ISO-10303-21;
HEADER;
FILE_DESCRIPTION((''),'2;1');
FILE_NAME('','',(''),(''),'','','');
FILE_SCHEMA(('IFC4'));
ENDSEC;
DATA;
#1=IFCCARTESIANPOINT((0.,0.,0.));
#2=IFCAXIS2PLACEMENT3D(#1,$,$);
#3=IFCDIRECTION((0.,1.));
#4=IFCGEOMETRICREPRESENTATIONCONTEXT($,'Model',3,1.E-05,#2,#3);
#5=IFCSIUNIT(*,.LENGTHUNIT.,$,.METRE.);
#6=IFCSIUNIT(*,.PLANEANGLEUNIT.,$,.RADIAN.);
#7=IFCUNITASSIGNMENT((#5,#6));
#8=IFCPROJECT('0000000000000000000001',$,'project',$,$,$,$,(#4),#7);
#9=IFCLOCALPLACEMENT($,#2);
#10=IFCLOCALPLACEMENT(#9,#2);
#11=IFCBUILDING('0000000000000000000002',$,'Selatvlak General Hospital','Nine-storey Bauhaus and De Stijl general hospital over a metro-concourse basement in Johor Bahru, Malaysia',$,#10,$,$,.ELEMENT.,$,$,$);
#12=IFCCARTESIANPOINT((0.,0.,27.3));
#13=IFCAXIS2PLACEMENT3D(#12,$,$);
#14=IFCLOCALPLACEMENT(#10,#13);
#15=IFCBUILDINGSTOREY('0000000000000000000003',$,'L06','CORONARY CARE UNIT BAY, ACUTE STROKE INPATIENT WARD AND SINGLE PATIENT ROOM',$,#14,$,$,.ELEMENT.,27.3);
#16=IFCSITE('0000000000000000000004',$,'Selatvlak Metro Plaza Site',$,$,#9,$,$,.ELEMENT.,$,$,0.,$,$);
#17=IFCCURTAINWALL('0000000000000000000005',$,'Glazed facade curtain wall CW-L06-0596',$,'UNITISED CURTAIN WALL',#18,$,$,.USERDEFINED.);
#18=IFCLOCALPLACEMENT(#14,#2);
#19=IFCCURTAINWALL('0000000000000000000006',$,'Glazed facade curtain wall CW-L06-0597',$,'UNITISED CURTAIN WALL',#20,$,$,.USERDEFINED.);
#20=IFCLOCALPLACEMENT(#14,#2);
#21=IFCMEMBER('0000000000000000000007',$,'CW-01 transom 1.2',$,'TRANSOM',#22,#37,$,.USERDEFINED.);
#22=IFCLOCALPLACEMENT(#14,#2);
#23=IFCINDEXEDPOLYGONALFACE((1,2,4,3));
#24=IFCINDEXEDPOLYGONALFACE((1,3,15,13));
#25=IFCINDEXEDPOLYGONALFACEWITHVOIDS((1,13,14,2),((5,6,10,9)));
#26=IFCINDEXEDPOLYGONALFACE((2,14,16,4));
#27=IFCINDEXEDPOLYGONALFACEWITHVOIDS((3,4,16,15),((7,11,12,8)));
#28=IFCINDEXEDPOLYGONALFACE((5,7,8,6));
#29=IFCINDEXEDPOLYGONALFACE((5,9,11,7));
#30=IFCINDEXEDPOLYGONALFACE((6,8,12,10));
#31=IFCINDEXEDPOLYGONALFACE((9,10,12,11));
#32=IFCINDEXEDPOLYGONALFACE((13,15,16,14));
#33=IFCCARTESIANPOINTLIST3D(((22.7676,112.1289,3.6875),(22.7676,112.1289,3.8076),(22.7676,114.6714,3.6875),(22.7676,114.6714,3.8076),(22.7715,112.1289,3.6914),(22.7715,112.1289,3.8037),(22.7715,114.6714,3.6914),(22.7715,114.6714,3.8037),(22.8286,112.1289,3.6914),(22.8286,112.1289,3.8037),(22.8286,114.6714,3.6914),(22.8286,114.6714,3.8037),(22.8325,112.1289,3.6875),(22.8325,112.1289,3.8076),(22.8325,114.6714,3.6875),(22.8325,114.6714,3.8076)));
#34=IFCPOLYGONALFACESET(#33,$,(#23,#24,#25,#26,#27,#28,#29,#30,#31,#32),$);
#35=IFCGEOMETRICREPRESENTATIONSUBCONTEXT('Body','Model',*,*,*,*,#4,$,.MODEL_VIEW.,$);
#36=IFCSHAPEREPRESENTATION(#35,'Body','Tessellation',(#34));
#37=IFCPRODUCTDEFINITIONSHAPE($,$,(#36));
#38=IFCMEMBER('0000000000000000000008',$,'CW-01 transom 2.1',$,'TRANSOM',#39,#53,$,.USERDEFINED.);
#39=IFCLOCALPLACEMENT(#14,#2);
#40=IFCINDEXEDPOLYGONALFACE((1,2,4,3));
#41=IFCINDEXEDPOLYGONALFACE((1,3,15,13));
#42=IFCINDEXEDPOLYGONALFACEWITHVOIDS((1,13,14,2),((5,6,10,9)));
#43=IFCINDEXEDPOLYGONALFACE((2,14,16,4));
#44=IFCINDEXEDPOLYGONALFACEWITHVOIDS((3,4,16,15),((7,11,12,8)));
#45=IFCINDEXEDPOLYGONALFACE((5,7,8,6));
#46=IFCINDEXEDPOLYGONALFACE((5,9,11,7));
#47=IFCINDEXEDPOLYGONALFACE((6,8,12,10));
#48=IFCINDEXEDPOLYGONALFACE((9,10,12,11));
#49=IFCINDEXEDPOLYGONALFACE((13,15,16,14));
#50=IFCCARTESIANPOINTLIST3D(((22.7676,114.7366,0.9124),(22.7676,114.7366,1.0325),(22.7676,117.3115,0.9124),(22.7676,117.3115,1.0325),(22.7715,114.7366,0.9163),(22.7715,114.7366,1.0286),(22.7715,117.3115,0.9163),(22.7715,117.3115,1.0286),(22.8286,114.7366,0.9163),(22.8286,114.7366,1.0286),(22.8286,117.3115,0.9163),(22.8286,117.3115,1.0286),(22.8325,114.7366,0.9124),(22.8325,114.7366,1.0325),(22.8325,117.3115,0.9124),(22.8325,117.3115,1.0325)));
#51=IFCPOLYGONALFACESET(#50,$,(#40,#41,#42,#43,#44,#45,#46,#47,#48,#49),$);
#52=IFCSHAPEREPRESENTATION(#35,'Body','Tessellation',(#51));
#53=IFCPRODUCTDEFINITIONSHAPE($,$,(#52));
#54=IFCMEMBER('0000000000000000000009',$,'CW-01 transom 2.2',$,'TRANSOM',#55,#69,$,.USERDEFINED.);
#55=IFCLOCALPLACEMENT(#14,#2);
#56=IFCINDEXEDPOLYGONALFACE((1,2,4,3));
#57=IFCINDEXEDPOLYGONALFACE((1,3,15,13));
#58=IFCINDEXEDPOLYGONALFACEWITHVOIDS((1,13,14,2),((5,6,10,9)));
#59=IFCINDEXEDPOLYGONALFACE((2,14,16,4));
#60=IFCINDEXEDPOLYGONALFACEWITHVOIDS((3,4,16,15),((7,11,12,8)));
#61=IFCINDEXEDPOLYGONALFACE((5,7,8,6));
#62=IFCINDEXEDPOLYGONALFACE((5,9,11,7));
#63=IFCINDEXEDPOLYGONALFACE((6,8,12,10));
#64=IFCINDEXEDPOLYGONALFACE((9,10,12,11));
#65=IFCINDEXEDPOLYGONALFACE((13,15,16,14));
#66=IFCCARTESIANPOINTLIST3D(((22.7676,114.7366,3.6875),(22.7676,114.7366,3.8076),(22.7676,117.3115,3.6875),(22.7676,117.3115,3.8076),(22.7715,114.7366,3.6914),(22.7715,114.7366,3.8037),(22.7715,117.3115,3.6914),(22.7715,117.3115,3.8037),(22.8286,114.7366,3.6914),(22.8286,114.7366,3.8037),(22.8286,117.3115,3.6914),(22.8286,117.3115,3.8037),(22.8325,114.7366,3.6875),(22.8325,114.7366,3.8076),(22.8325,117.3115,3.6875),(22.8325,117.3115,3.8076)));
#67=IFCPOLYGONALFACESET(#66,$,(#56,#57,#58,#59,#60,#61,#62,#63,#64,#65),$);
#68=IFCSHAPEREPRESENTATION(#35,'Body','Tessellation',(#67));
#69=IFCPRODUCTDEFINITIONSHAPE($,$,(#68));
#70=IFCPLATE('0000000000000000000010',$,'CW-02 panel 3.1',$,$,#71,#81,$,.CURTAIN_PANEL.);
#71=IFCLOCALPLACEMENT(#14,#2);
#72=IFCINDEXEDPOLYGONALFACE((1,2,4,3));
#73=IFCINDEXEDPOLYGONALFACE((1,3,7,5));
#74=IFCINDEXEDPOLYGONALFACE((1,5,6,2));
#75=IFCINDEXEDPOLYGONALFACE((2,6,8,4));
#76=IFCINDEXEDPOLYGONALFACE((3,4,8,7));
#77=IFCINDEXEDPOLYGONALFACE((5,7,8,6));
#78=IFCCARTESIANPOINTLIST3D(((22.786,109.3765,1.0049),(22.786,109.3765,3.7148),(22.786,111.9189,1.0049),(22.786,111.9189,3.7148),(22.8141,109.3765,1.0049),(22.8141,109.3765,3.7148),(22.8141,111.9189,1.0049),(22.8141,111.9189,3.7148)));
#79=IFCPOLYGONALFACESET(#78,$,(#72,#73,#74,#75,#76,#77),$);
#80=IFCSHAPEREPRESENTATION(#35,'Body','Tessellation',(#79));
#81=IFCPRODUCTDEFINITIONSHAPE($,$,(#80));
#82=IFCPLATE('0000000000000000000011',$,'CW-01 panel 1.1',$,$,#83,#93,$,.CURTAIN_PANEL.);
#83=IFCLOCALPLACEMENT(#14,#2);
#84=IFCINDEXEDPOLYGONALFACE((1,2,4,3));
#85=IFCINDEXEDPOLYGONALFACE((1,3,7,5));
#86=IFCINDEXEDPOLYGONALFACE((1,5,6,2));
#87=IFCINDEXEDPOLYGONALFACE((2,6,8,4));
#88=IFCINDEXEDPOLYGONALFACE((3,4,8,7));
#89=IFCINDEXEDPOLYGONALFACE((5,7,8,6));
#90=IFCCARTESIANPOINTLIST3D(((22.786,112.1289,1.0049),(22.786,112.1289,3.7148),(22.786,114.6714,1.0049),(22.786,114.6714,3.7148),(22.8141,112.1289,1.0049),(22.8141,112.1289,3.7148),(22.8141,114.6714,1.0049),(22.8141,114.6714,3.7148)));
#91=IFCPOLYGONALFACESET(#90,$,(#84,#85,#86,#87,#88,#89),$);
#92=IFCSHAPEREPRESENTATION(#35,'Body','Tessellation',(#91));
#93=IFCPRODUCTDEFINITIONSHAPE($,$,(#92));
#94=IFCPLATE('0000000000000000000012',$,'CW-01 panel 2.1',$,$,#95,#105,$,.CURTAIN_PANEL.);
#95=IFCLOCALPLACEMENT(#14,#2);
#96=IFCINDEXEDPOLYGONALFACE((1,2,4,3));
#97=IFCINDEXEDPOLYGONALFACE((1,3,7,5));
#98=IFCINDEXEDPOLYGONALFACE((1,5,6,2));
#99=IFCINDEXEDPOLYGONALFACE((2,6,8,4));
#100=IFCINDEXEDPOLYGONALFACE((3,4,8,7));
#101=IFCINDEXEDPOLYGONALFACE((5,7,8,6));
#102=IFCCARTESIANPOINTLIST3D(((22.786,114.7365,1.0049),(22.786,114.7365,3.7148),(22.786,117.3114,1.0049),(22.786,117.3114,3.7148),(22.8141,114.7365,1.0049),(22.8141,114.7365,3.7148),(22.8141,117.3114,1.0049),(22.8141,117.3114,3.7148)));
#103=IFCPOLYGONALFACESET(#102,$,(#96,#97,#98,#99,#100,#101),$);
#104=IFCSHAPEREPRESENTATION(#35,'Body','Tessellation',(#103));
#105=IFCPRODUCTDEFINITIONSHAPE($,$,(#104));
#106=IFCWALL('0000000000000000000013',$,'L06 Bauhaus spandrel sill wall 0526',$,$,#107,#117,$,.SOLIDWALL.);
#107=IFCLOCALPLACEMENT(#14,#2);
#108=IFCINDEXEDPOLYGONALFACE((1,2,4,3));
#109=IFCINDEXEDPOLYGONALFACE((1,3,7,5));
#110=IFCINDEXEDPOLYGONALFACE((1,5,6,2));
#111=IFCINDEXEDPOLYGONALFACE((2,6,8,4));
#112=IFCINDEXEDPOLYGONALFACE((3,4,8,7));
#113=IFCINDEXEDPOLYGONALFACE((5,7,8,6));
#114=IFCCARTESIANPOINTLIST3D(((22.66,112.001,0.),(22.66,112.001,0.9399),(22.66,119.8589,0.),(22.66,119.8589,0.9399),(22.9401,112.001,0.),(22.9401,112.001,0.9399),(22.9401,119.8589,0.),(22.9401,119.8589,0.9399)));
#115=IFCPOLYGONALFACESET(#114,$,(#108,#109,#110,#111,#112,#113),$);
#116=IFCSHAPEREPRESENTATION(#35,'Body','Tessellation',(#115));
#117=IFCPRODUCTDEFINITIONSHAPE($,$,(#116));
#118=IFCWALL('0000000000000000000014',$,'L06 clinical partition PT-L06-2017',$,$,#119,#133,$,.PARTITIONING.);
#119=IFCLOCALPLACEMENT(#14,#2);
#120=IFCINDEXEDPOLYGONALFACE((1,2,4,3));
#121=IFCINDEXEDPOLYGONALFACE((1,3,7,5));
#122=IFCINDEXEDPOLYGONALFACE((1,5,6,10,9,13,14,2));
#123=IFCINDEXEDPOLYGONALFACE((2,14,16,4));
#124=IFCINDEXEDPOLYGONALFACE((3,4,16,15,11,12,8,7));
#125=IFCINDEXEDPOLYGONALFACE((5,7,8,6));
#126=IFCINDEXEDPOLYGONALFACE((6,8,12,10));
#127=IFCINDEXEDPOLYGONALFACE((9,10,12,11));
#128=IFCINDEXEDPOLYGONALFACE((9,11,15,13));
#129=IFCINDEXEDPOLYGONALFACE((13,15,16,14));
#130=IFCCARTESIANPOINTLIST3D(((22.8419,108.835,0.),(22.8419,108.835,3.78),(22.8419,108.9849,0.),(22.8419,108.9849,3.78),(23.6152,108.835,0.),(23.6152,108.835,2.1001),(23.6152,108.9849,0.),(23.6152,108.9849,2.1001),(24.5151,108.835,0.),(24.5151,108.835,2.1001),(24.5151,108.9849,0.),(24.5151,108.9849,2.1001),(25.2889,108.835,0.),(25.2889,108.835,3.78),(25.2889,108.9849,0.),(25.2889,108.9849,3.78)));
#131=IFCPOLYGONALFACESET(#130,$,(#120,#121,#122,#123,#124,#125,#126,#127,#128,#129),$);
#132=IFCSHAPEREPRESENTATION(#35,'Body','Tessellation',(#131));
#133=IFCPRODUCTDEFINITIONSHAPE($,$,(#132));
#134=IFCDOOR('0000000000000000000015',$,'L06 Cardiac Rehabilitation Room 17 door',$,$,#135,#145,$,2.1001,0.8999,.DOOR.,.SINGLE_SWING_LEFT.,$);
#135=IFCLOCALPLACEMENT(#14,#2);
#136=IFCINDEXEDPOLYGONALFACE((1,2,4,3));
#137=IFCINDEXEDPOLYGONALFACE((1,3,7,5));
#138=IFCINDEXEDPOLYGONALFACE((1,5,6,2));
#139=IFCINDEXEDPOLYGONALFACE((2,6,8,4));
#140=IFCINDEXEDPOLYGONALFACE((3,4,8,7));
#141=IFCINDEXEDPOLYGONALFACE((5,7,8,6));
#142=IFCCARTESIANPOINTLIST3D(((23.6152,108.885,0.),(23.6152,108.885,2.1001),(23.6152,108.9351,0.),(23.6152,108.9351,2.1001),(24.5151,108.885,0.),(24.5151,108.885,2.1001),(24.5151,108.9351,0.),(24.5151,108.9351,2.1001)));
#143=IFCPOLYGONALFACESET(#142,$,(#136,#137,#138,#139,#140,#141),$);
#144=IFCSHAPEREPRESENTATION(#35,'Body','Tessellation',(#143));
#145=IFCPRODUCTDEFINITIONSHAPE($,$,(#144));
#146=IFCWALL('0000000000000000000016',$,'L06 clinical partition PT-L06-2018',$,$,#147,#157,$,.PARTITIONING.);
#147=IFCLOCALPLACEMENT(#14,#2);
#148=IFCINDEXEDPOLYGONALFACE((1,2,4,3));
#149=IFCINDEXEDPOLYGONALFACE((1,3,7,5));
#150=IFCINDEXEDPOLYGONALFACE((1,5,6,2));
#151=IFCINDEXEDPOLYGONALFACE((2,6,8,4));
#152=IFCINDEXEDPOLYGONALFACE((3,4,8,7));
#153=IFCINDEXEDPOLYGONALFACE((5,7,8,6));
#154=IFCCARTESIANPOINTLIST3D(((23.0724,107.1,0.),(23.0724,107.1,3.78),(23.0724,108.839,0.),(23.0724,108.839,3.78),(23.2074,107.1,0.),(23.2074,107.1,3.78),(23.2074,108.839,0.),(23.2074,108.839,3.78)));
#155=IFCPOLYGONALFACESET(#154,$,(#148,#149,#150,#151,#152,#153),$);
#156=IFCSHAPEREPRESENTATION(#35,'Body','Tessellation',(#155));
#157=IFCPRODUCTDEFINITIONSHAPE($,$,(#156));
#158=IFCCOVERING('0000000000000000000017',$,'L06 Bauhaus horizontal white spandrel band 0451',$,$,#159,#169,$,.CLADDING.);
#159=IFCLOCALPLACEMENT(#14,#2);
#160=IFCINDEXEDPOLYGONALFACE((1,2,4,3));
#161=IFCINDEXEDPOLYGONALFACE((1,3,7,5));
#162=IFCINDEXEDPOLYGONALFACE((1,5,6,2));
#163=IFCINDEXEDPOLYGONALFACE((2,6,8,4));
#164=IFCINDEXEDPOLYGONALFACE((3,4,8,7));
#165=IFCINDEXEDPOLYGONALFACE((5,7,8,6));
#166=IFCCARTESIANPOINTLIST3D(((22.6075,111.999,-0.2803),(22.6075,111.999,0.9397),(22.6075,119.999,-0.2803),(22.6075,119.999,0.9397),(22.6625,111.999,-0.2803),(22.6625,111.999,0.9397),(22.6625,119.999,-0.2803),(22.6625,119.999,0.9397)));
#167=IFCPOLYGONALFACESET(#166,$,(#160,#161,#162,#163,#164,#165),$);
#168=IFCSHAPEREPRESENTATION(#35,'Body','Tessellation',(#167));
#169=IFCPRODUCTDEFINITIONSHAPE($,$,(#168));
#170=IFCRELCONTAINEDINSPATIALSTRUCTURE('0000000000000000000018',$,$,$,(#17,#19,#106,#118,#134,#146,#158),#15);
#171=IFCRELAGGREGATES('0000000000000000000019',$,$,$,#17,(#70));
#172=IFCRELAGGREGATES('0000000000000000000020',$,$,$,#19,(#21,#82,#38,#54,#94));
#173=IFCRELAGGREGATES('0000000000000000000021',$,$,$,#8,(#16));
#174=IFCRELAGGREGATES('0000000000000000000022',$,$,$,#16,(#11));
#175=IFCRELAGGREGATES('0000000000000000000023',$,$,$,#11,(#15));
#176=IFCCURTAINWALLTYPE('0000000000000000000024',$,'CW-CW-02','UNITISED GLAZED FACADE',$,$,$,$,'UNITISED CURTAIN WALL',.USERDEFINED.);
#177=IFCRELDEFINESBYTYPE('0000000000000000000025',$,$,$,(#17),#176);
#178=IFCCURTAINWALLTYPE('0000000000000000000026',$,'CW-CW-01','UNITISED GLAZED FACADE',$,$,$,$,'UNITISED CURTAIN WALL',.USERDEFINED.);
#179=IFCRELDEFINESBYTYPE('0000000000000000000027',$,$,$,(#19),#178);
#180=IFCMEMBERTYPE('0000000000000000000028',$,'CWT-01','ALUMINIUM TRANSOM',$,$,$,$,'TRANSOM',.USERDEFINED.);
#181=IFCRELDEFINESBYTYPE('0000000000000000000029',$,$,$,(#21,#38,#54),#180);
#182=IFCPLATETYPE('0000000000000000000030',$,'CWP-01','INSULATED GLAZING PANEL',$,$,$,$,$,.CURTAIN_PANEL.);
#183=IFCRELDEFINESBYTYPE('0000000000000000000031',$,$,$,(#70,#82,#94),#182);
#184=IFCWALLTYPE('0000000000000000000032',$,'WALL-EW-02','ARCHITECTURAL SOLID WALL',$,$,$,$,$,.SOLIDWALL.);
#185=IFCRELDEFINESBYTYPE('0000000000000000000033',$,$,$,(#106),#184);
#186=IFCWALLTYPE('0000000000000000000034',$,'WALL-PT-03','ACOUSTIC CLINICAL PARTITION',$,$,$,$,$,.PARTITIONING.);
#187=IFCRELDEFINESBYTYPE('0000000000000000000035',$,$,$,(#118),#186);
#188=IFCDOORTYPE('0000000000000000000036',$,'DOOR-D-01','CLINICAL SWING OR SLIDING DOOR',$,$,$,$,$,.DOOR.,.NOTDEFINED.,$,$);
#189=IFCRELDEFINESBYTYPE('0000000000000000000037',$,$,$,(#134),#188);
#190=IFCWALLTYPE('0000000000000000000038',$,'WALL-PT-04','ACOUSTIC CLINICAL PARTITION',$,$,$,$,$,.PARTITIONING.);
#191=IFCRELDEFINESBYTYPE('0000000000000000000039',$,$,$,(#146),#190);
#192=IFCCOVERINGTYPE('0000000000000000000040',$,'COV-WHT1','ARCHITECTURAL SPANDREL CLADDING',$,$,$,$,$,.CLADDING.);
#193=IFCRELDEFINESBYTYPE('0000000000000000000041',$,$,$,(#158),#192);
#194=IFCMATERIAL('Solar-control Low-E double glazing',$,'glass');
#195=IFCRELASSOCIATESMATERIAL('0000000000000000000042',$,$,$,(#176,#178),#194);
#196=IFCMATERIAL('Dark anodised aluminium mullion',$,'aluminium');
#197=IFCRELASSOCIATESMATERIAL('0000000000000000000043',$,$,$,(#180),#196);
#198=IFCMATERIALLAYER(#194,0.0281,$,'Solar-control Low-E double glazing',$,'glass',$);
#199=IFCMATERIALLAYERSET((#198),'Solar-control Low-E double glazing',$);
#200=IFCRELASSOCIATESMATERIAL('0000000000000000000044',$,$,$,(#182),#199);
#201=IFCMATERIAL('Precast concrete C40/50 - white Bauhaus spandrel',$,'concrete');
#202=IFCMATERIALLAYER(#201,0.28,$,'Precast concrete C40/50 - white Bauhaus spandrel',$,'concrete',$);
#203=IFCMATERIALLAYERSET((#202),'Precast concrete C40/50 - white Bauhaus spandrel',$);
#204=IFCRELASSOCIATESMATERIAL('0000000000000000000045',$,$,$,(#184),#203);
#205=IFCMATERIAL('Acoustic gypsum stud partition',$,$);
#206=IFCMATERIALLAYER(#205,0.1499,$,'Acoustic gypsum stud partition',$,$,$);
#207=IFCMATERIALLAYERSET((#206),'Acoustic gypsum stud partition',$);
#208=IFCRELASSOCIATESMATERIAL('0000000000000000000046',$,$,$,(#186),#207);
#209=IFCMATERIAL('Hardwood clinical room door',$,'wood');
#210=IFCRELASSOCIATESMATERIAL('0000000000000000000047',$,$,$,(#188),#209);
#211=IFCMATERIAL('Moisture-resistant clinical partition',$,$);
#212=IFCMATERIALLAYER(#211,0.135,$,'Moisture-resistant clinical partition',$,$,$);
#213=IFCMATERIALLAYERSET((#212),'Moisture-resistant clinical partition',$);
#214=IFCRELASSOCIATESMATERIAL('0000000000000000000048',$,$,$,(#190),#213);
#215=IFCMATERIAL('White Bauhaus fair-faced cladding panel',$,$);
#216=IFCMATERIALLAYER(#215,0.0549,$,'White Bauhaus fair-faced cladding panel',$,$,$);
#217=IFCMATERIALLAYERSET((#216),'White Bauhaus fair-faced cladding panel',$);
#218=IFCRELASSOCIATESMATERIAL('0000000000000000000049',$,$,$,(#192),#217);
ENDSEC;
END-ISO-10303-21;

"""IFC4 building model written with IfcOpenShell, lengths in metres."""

from ifc_helpers import new_model, si_unit, direction, frame, frame_2d, origin, origin_2d, place, context, subcontext, project, spatial, rectangle, hollow_rectangle, extrude, material, layer, layer_set, material_profile, profile_set, type_object, element, fill, aggregate, save


model = new_model("IFC4")

# Units and contexts
model_context = context("Model", 3, precision=1e-05, world=origin(), true_north=direction((0.0, 1.0)))
body_context = subcontext(model_context, "Body", "Model", "MODEL_VIEW")
ifc_project = project(units=[si_unit("LENGTHUNIT", "METRE"), si_unit("PLANEANGLEUNIT", "RADIAN")], contexts=[model_context])

# Site, building, storey
site_placement = place(None, origin())
site = spatial("IfcSite", under=ifc_project, at=site_placement, Name="Selatvlak Metro Plaza Site", CompositionType="ELEMENT", RefElevation=0.0)
building_placement = place(site_placement, origin())
building = spatial("IfcBuilding", under=site, at=building_placement, Name="Selatvlak General Hospital", Description="Nine-storey Bauhaus and De Stijl general hospital over a metro-concourse basement in Johor Bahru, Malaysia", CompositionType="ELEMENT")
storey_placement = place(building_placement, frame((0.0, 0.0, 27.3)))
storey = spatial("IfcBuildingStorey", under=building, at=storey_placement, Name="L06", Description="CORONARY CARE UNIT BAY, ACUTE STROKE INPATIENT WARD AND SINGLE PATIENT ROOM", CompositionType="ELEMENT", Elevation=27.3)

# Curtain walls
ifc_material_1 = material(Name="Solar-control Low-E double glazing", Category="glass")
curtain_wall_type_1 = type_object("IfcCurtainWallType", Name="CW-CW-02", Description="UNITISED GLAZED FACADE", ElementType="UNITISED CURTAIN WALL", PredefinedType="USERDEFINED", material=ifc_material_1)
curtain_wall_1_placement = place(storey_placement, origin())
curtain_wall_1 = element("IfcCurtainWall", 1, at=curtain_wall_1_placement, inside=storey, type_object=curtain_wall_type_1, Name="Glazed facade curtain wall CW-L06-0596", ObjectType="UNITISED CURTAIN WALL", PredefinedType="USERDEFINED")
ifc_material_2 = material(Name="Dark anodised aluminium mullion", Category="aluminium")
curtain_wall_type_2 = type_object("IfcCurtainWallType", Name="CW-CW-01", Description="UNITISED GLAZED FACADE", ElementType="UNITISED CURTAIN WALL", PredefinedType="USERDEFINED", material=ifc_material_1)
curtain_wall_2_placement = place(storey_placement, origin())
curtain_wall_2 = element("IfcCurtainWall", 2, at=curtain_wall_2_placement, inside=storey, type_object=curtain_wall_type_2, Name="Glazed facade curtain wall CW-L06-0597", ObjectType="UNITISED CURTAIN WALL", PredefinedType="USERDEFINED")

# Members
ifc_material_profile_1 = material_profile(ifc_material_2, hollow_rectangle(XDim=0.0649, YDim=0.1201, WallThickness=0.0039, at=origin_2d()), Name="AL-TRN 65x120x4")
ifc_profile_set_1 = profile_set([ifc_material_profile_1], Name="Dark anodised aluminium mullion")
member_type_1 = type_object("IfcMemberType", Name="CWT-01", Description="ALUMINIUM TRANSOM", ElementType="TRANSOM", PredefinedType="USERDEFINED", material=ifc_profile_set_1)
member_1_placement = place(storey_placement, frame((22.8, 112.1289, 3.7476), z_axis=(0.0, 1.0, 0.0), x_axis=(-1.0, 0.0, 0.0)))
member_1 = element("IfcMember", 3, at=member_1_placement, type_object=member_type_1, Name="CW-01 transom 1.2", ObjectType="TRANSOM", PredefinedType="USERDEFINED", context=body_context, shape_type="SweptSolid", body=[
    extrude(hollow_rectangle(XDim=0.0649, YDim=0.1201, WallThickness=0.0039, at=origin_2d()), origin(), (0.0, 0.0, 1.0), 2.5425),
])
member_2_placement = place(storey_placement, frame((22.8, 114.7366, 0.9724), z_axis=(0.0, 1.0, 0.0), x_axis=(-1.0, 0.0, 0.0)))
member_2 = element("IfcMember", 4, at=member_2_placement, type_object=member_type_1, Name="CW-01 transom 2.1", ObjectType="TRANSOM", PredefinedType="USERDEFINED", context=body_context, shape_type="SweptSolid", body=[
    extrude(hollow_rectangle(XDim=0.0649, YDim=0.1201, WallThickness=0.0039, at=origin_2d()), origin(), (0.0, 0.0, 1.0), 2.575),
])
member_3_placement = place(storey_placement, frame((22.8, 114.7366, 3.7476), z_axis=(0.0, 1.0, 0.0), x_axis=(-1.0, 0.0, 0.0)))
member_3 = element("IfcMember", 5, at=member_3_placement, type_object=member_type_1, Name="CW-01 transom 2.2", ObjectType="TRANSOM", PredefinedType="USERDEFINED", context=body_context, shape_type="SweptSolid", body=[
    extrude(hollow_rectangle(XDim=0.0649, YDim=0.1201, WallThickness=0.0039, at=origin_2d()), origin(), (0.0, 0.0, 1.0), 2.575),
])

# Plates
ifc_layer_1 = layer(ifc_material_1, 0.0281, Name="Solar-control Low-E double glazing", Category="glass")
ifc_layer_set_1 = layer_set([ifc_layer_1], Name="Solar-control Low-E double glazing")
plate_type = type_object("IfcPlateType", Name="CWP-01", Description="INSULATED GLAZING PANEL", PredefinedType="CURTAIN_PANEL", material=ifc_layer_set_1)
plate_1_placement = place(storey_placement, frame((22.8, 110.6477, 1.0049), z_axis=(0.0, 0.0, 1.0), x_axis=(0.0, 1.0, 0.0)))
plate_1 = element("IfcPlate", 6, at=plate_1_placement, type_object=plate_type, Name="CW-02 panel 3.1", PredefinedType="CURTAIN_PANEL", context=body_context, shape_type="SweptSolid", body=[
    extrude(rectangle(XDim=2.5425, YDim=0.0281, at=origin_2d()), origin(), (0.0, 0.0, 1.0), 2.71),
])
aggregate(curtain_wall_1, [plate_1])
plate_2_placement = place(storey_placement, frame((22.8, 113.4001, 1.0049), z_axis=(0.0, 0.0, 1.0), x_axis=(0.0, 1.0, 0.0)))
plate_2 = element("IfcPlate", 7, at=plate_2_placement, type_object=plate_type, Name="CW-01 panel 1.1", PredefinedType="CURTAIN_PANEL", context=body_context, shape_type="SweptSolid", body=[
    extrude(rectangle(XDim=2.5425, YDim=0.0281, at=origin_2d()), origin(), (0.0, 0.0, 1.0), 2.71),
])
plate_3_placement = place(storey_placement, frame((22.8, 116.0239, 1.0049), z_axis=(0.0, 0.0, 1.0), x_axis=(0.0, 1.0, 0.0)))
plate_3 = element("IfcPlate", 8, at=plate_3_placement, type_object=plate_type, Name="CW-01 panel 2.1", PredefinedType="CURTAIN_PANEL", context=body_context, shape_type="SweptSolid", body=[
    extrude(rectangle(XDim=2.575, YDim=0.0281, at=origin_2d()), origin(), (0.0, 0.0, 1.0), 2.71),
])
aggregate(curtain_wall_2, [member_1, plate_2, member_2, member_3, plate_3])

# Wall
ifc_material_3 = material(Name="Precast concrete C40/50 - white Bauhaus spandrel", Category="concrete")
ifc_layer_2 = layer(ifc_material_3, 0.28, Name="Precast concrete C40/50 - white Bauhaus spandrel", Category="concrete")
ifc_layer_set_2 = layer_set([ifc_layer_2], Name="Precast concrete C40/50 - white Bauhaus spandrel")
wall_type_1 = type_object("IfcWallType", Name="WALL-EW-02", Description="ARCHITECTURAL SOLID WALL", PredefinedType="SOLIDWALL", material=ifc_layer_set_2)
wall_1_placement = place(storey_placement, frame((22.8, 112.001, 0.0), z_axis=(0.0, 0.0, 1.0), x_axis=(0.0, 1.0, 0.0)))
element("IfcWall", 9, at=wall_1_placement, inside=storey, type_object=wall_type_1, Name="L06 Bauhaus spandrel sill wall 0526", PredefinedType="SOLIDWALL", context=body_context, shape_type="SweptSolid", body=[
    extrude(rectangle(XDim=7.8579, YDim=0.28, at=frame_2d((3.929, 0.0))), origin(), (0.0, 0.0, 1.0), 0.9399),
])

# Wall, opening, door
ifc_material_4 = material(Name="Acoustic gypsum stud partition")
ifc_layer_3 = layer(ifc_material_4, 0.1499, Name="Acoustic gypsum stud partition")
ifc_layer_set_3 = layer_set([ifc_layer_3], Name="Acoustic gypsum stud partition")
wall_type_2 = type_object("IfcWallType", Name="WALL-PT-03", Description="ACOUSTIC CLINICAL PARTITION", PredefinedType="PARTITIONING", material=ifc_layer_set_3)
wall_2_placement = place(storey_placement, frame((25.2891, 108.9099, 0.0), z_axis=(0.0, 0.0, 1.0), x_axis=(-1.0, 0.0, 0.0)))
wall_2 = element("IfcWall", 10, at=wall_2_placement, inside=storey, type_object=wall_type_2, Name="L06 clinical partition PT-L06-2017", PredefinedType="PARTITIONING", context=body_context, shape_type="SweptSolid", body=[
    extrude(rectangle(XDim=2.447, YDim=0.1499, at=frame_2d((1.2236, 0.0))), origin(), (0.0, 0.0, 1.0), 3.78),
])
opening_placement = place(wall_2_placement, frame((0.7739, 0.0, 0.0)))
opening = element("IfcOpeningElement", 11, at=opening_placement, cuts=wall_2, PredefinedType="OPENING", context=body_context, shape_type="SweptSolid", body=[
    extrude(rectangle(XDim=0.8999, YDim=2.1001, at=frame_2d((0.45, 1.05))), frame((0.0, 0.085, 0.0), z_axis=(0.0, -1.0, 0.0), x_axis=(1.0, 0.0, 0.0)), (0.0, 0.0, 1.0), 0.1699),
])
ifc_material_5 = material(Name="Hardwood clinical room door", Category="wood")
door_type = type_object("IfcDoorType", Name="DOOR-D-01", Description="CLINICAL SWING OR SLIDING DOOR", OperationType="NOTDEFINED", PredefinedType="DOOR", material=ifc_material_5)
door_placement = place(opening_placement, origin())
door = element("IfcDoor", 12, at=door_placement, inside=storey, type_object=door_type, Name="L06 Cardiac Rehabilitation Room 17 door", OperationType="SINGLE_SWING_LEFT", OverallHeight=2.1001, OverallWidth=0.8999, PredefinedType="DOOR", context=body_context, shape_type="SweptSolid", body=[
    extrude(rectangle(XDim=0.8999, YDim=2.1001, at=frame_2d((0.45, 1.05))), frame((0.0, 0.0249, 0.0), z_axis=(0.0, -1.0, 0.0), x_axis=(1.0, 0.0, 0.0)), (0.0, 0.0, 1.0), 0.05),
])
fill(opening, door)

# Wall
ifc_material_6 = material(Name="Moisture-resistant clinical partition")
ifc_layer_4 = layer(ifc_material_6, 0.135, Name="Moisture-resistant clinical partition")
ifc_layer_set_4 = layer_set([ifc_layer_4], Name="Moisture-resistant clinical partition")
wall_type_3 = type_object("IfcWallType", Name="WALL-PT-04", Description="ACOUSTIC CLINICAL PARTITION", PredefinedType="PARTITIONING", material=ifc_layer_set_4)
wall_3_placement = place(storey_placement, frame((23.1399, 108.8391, 0.0), z_axis=(0.0, 0.0, 1.0), x_axis=(0.0, -1.0, 0.0)))
element("IfcWall", 13, at=wall_3_placement, inside=storey, type_object=wall_type_3, Name="L06 clinical partition PT-L06-2018", PredefinedType="PARTITIONING", context=body_context, shape_type="SweptSolid", body=[
    extrude(rectangle(XDim=1.739, YDim=0.135, at=frame_2d((0.8696, 0.0))), origin(), (0.0, 0.0, 1.0), 3.78),
])

# Covering
ifc_material_7 = material(Name="White Bauhaus fair-faced cladding panel")
ifc_layer_5 = layer(ifc_material_7, 0.0549, Name="White Bauhaus fair-faced cladding panel")
ifc_layer_set_5 = layer_set([ifc_layer_5], Name="White Bauhaus fair-faced cladding panel")
covering_type = type_object("IfcCoveringType", Name="COV-WHT1", Description="ARCHITECTURAL SPANDREL CLADDING", PredefinedType="CLADDING", material=ifc_layer_set_5)
covering_placement = place(storey_placement, frame((22.635, 115.999, -0.2803), z_axis=(0.0, 0.0, 1.0), x_axis=(0.0, 1.0, 0.0)))
element("IfcCovering", 14, at=covering_placement, inside=storey, type_object=covering_type, Name="L06 Bauhaus horizontal white spandrel band 0451", PredefinedType="CLADDING", context=body_context, shape_type="SweptSolid", body=[
    extrude(rectangle(XDim=8.0, YDim=0.0549, at=origin_2d()), origin(), (0.0, 0.0, 1.0), 1.22),
])

save(model, "model.ifc")
